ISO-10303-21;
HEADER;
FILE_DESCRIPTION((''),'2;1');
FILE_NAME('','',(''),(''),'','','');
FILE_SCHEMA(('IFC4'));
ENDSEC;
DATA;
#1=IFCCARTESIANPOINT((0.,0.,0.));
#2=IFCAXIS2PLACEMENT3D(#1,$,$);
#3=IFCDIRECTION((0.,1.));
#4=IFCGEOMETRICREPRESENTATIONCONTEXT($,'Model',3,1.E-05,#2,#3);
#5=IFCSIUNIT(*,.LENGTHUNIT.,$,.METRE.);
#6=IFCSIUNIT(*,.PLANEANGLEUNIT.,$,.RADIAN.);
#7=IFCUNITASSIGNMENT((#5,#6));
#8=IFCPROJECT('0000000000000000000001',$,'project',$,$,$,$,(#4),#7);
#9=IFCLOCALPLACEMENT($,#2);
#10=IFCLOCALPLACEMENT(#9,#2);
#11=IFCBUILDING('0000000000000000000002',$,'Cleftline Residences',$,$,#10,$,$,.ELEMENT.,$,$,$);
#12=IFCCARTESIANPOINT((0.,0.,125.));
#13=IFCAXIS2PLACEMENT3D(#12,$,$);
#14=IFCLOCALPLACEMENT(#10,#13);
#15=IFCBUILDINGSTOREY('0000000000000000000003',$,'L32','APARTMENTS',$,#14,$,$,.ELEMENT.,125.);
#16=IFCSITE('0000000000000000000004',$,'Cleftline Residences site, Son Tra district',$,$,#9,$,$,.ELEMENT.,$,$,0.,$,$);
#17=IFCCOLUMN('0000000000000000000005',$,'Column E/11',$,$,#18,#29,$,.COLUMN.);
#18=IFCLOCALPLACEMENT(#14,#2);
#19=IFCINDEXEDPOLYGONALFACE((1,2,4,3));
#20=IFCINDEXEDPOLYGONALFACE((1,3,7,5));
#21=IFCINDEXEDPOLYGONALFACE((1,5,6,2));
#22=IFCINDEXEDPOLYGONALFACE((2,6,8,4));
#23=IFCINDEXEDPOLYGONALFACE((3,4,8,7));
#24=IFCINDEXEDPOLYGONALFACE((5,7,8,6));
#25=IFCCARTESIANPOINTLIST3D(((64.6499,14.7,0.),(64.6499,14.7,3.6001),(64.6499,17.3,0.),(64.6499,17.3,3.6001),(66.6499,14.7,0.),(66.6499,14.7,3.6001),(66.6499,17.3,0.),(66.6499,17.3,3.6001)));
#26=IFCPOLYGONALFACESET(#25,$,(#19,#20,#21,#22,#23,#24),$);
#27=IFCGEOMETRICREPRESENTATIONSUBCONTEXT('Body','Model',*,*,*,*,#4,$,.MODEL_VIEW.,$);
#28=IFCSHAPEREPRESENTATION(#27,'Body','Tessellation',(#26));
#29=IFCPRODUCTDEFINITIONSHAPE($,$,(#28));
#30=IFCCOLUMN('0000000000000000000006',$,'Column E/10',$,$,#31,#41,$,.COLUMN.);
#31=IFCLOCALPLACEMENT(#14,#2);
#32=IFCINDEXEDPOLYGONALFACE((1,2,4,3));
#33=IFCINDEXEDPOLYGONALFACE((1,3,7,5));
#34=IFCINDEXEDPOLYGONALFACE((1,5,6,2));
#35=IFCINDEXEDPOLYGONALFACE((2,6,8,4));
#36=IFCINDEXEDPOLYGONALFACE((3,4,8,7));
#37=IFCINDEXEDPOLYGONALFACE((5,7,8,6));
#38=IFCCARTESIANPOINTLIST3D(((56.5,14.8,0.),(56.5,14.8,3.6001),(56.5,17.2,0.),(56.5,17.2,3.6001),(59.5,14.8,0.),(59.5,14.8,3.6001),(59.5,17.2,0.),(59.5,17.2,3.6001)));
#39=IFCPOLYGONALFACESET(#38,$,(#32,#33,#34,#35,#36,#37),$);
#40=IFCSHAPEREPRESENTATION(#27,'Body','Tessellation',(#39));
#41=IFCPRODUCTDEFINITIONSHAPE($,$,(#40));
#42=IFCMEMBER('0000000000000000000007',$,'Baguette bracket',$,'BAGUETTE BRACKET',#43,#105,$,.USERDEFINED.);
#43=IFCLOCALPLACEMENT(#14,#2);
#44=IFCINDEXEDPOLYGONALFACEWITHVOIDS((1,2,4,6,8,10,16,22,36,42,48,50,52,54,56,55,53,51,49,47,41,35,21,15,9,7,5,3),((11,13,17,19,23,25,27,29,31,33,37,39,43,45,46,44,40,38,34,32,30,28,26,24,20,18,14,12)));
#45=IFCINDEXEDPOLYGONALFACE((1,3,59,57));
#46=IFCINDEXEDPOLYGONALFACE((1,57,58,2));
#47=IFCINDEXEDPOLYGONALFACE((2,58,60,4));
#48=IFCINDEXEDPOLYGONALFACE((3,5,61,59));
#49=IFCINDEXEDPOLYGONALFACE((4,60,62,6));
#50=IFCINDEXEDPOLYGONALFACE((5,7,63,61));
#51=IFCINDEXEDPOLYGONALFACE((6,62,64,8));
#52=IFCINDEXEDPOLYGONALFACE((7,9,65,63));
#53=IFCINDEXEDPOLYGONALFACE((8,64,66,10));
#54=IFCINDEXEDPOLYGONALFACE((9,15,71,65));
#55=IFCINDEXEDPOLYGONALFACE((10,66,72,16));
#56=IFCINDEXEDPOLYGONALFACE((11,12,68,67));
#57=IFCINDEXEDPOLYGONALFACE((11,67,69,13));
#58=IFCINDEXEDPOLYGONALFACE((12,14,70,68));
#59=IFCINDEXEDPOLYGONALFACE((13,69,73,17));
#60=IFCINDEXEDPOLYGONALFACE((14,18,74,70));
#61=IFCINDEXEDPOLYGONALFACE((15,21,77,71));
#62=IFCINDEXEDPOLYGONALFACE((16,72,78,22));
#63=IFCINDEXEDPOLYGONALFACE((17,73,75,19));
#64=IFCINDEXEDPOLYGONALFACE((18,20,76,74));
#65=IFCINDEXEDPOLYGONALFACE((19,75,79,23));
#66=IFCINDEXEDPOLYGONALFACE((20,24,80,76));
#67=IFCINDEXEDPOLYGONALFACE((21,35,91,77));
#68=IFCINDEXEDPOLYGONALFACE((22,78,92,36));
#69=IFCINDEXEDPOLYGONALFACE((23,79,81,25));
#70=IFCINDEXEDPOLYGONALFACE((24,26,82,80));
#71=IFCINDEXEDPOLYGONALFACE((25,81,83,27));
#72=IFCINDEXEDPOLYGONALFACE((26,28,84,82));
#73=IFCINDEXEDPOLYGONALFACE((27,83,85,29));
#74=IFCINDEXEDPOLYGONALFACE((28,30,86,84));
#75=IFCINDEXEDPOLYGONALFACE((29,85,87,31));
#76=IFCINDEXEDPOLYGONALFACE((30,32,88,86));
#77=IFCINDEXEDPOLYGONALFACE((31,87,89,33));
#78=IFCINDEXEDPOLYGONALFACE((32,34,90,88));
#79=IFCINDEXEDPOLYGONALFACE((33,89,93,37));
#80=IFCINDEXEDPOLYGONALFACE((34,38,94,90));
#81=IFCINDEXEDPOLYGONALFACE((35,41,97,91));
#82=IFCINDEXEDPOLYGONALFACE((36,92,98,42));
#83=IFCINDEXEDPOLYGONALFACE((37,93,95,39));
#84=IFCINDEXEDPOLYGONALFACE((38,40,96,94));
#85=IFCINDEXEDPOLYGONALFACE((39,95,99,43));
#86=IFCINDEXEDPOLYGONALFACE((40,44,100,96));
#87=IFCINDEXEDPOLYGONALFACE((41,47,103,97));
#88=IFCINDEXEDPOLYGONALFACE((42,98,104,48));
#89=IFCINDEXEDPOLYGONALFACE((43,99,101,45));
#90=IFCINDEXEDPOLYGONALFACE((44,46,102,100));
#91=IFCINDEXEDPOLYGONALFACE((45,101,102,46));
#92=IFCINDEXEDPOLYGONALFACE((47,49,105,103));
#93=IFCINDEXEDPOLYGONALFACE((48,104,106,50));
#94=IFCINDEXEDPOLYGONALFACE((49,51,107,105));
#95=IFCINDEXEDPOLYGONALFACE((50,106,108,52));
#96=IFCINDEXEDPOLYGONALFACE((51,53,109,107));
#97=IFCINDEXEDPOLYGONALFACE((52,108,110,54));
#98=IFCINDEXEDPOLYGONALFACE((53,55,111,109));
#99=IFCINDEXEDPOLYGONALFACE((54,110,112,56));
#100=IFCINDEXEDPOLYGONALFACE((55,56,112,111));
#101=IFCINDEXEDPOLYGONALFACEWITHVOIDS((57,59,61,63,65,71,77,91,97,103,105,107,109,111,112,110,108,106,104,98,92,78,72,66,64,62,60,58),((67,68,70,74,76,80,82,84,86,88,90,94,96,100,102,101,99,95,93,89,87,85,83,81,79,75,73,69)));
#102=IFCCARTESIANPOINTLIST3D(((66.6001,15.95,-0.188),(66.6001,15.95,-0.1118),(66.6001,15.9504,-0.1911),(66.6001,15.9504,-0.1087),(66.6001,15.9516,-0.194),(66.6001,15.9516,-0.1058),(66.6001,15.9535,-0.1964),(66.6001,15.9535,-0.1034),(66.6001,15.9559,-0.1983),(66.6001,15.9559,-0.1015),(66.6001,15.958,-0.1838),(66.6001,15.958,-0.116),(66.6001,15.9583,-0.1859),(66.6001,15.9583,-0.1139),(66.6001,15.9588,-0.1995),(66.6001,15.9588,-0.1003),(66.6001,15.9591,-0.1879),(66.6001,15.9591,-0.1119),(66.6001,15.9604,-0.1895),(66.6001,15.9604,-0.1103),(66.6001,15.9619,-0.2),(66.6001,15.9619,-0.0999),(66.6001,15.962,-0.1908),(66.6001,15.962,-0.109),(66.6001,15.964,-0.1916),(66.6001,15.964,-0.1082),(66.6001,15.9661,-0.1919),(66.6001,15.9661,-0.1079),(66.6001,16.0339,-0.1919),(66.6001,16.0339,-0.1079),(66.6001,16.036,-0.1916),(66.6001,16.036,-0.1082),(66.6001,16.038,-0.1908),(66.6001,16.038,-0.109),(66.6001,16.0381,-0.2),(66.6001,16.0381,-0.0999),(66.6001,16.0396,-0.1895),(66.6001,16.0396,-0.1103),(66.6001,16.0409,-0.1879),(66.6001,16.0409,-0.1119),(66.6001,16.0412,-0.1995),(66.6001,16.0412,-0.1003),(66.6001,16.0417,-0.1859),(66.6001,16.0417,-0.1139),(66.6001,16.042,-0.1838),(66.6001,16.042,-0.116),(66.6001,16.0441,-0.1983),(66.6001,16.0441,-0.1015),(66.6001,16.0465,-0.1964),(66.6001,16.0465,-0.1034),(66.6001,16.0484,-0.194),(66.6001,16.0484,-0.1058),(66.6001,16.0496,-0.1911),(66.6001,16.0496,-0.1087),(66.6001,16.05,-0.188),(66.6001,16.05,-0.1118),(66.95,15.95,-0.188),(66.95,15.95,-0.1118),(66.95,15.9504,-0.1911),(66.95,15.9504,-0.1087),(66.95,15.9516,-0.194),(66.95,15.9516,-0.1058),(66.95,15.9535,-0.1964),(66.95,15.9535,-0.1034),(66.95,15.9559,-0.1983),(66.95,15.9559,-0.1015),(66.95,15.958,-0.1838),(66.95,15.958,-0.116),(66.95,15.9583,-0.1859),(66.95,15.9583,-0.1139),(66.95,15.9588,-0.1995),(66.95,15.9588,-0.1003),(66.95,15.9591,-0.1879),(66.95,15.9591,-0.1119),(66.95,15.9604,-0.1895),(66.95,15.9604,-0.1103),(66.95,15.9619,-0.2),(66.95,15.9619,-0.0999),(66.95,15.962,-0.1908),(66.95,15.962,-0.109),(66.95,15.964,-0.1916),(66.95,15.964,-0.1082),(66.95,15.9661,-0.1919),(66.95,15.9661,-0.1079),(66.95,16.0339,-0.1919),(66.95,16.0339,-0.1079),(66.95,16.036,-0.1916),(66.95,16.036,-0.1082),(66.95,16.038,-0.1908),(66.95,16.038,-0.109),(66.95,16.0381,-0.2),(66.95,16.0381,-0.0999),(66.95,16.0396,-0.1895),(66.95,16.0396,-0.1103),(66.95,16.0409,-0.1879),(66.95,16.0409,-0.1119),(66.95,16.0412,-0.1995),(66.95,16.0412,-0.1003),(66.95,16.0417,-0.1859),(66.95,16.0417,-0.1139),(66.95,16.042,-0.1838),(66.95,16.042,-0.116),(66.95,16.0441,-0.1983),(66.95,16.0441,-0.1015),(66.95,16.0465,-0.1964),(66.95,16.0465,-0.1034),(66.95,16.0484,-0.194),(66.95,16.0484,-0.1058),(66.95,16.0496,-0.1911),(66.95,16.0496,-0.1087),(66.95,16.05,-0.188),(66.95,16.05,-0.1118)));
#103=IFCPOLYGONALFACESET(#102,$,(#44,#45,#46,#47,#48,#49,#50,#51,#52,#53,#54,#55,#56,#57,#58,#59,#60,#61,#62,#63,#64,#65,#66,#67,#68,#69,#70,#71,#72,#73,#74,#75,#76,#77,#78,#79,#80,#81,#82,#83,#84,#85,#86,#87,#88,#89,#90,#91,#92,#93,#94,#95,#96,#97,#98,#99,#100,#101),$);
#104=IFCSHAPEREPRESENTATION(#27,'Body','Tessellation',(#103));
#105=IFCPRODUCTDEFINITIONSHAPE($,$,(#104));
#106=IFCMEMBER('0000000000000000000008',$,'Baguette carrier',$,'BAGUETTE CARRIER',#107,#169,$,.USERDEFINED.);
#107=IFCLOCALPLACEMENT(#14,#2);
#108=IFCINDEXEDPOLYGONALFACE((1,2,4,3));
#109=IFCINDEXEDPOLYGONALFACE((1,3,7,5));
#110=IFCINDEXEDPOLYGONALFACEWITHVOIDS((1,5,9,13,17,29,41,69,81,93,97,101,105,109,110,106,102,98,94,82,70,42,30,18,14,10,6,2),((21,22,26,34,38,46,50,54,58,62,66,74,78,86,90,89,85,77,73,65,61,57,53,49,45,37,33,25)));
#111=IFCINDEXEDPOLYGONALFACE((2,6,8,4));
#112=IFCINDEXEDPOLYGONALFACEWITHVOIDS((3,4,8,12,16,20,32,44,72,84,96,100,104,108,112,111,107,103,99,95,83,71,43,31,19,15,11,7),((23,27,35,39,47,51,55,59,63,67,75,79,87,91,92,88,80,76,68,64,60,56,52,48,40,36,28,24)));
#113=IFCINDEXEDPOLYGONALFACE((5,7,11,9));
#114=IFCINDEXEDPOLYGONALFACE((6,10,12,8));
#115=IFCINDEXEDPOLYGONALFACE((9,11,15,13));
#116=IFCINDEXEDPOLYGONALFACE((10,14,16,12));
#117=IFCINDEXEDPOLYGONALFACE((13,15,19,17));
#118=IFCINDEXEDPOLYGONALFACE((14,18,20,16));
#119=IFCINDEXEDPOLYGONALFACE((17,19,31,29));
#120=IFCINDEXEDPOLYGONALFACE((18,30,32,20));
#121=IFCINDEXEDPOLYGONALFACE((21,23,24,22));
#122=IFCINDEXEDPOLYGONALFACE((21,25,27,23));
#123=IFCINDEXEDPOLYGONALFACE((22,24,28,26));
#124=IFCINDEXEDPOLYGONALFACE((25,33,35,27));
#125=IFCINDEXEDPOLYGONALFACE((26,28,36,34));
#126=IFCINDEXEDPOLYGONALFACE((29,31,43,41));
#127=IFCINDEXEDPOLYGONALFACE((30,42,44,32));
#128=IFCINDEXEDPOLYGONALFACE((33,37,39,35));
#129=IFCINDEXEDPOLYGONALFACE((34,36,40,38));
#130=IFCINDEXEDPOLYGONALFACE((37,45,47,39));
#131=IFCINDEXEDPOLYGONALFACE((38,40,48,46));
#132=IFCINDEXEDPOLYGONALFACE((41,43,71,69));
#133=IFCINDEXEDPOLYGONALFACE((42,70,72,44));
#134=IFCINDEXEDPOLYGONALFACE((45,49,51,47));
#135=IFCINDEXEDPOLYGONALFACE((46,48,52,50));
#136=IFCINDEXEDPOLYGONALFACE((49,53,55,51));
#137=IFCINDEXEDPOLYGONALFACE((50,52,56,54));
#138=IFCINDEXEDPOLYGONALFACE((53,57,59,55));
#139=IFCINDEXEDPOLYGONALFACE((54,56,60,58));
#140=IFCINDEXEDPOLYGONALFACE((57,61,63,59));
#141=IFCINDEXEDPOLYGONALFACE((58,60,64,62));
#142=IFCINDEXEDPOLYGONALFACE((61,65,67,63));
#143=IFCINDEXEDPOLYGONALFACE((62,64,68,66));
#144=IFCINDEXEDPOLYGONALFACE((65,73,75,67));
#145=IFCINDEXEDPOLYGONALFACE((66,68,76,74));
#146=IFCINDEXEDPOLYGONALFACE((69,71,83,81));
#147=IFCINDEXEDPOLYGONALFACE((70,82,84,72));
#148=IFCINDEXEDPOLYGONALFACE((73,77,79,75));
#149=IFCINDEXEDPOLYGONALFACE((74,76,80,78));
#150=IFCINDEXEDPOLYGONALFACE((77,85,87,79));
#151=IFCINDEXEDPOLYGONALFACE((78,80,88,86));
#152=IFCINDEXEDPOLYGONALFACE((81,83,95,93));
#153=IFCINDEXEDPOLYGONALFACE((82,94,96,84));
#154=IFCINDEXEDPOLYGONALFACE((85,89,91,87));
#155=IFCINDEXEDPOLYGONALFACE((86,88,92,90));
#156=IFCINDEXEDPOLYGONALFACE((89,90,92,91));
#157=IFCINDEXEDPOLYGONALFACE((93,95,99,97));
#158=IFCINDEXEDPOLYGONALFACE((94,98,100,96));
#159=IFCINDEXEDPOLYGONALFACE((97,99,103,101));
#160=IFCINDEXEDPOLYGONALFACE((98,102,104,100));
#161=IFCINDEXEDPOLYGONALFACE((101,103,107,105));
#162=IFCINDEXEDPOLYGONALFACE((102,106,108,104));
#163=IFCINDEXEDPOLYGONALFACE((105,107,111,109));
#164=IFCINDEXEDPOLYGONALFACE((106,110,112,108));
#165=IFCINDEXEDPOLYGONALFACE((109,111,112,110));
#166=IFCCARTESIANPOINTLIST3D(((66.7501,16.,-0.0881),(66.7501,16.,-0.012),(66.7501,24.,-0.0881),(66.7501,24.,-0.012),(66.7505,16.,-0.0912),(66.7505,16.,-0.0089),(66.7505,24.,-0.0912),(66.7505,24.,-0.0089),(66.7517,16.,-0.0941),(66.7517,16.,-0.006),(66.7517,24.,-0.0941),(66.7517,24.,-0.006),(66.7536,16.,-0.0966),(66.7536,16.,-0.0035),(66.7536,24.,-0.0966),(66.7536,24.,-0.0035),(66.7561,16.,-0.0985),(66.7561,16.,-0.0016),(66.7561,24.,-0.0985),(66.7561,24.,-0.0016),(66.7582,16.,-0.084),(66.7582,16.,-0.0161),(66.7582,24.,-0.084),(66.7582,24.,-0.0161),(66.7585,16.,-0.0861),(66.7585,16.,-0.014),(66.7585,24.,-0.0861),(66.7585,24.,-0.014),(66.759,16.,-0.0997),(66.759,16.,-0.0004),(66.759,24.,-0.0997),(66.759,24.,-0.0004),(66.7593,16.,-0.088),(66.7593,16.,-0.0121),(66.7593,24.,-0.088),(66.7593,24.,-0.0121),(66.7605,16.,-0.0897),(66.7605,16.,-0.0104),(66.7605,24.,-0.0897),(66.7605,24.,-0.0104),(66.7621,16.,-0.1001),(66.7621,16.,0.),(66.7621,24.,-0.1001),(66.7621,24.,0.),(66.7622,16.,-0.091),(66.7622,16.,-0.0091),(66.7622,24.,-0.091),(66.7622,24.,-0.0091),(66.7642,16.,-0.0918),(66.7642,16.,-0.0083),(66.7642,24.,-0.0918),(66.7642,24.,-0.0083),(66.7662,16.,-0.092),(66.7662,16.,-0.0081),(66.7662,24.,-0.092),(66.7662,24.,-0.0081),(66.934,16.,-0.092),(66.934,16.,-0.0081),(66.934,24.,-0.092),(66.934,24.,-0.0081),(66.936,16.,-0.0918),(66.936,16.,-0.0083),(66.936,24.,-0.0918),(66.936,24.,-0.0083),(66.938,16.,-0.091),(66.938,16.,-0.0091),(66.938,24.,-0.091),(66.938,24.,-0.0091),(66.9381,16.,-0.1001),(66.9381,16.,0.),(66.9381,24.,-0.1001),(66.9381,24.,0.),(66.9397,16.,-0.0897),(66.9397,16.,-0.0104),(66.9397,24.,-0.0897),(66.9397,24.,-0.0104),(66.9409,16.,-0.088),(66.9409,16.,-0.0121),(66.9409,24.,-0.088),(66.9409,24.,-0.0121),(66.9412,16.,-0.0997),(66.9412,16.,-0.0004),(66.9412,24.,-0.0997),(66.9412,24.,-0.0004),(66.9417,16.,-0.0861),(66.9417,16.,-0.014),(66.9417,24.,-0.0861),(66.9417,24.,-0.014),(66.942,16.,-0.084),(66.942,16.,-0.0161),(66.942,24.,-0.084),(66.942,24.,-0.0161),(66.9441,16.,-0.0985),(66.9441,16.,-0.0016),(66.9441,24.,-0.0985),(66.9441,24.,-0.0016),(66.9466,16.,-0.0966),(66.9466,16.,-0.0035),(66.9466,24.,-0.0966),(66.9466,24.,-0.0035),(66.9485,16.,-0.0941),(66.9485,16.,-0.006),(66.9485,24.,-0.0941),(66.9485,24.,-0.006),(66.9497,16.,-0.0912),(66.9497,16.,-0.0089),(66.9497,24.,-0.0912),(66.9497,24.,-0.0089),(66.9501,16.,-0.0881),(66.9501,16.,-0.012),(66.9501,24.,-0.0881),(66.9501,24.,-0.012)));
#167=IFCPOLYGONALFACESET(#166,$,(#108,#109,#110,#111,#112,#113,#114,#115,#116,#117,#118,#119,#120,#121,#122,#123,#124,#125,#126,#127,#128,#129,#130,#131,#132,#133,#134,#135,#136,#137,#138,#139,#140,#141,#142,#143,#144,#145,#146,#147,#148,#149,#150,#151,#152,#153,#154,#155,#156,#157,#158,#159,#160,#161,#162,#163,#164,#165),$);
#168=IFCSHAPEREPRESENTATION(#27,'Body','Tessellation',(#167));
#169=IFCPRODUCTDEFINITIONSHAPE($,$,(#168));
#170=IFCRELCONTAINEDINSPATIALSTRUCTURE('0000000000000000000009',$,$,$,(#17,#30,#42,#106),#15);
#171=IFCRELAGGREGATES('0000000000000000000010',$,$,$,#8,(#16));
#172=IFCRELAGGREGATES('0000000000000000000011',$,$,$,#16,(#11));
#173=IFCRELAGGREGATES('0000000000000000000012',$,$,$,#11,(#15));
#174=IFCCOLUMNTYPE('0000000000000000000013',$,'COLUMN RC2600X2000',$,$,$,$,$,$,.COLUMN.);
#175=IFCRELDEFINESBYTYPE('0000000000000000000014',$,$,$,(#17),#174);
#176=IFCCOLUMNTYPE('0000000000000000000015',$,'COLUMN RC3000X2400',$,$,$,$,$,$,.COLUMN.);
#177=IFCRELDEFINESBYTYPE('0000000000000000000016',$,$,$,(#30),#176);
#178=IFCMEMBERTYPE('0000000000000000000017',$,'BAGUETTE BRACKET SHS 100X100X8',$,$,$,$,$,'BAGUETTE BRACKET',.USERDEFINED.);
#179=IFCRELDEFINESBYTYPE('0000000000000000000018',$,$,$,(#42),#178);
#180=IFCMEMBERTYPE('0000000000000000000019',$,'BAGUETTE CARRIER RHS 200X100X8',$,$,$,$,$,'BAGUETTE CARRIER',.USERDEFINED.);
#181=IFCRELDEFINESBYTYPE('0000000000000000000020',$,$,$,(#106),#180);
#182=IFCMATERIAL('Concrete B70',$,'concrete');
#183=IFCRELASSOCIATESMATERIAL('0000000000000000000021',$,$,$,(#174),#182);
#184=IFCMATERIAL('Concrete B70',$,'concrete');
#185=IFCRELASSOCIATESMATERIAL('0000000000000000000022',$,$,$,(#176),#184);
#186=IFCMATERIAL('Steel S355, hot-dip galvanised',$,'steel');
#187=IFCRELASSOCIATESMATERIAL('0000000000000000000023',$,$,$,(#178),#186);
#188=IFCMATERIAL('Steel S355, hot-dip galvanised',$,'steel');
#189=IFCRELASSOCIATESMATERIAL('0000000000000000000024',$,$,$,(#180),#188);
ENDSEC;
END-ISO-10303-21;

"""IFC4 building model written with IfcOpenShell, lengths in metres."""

from ifc_helpers import new_model, si_unit, direction, frame, origin, origin_2d, place, context, subcontext, project, spatial, rectangle, hollow_rectangle, extrude, material, material_profile, profile_set, type_object, element, save


model = new_model("IFC4")

# Units and contexts
model_context = context("Model", 3, precision=1e-05, world=origin(), true_north=direction((0.0, 1.0)))
body_context = subcontext(model_context, "Body", "Model", "MODEL_VIEW")
ifc_project = project(units=[si_unit("LENGTHUNIT", "METRE"), si_unit("PLANEANGLEUNIT", "RADIAN")], contexts=[model_context])

# Site, building, storey
site_placement = place(None, origin())
site = spatial("IfcSite", under=ifc_project, at=site_placement, Name="Cleftline Residences site, Son Tra district", CompositionType="ELEMENT", RefElevation=0.0)
building_placement = place(site_placement, origin())
building = spatial("IfcBuilding", under=site, at=building_placement, Name="Cleftline Residences", CompositionType="ELEMENT")
storey_placement = place(building_placement, frame((0.0, 0.0, 125.0)))
storey = spatial("IfcBuildingStorey", under=building, at=storey_placement, Name="L32", Description="APARTMENTS", CompositionType="ELEMENT", Elevation=125.0)

# Columns
ifc_material_1 = material(Name="Concrete B70", Category="concrete")
ifc_material_profile_1 = material_profile(ifc_material_1, rectangle(XDim=2.6001, YDim=2.0, at=origin_2d()))
ifc_profile_set_1 = profile_set([ifc_material_profile_1], Name="Concrete B70")
column_type_1 = type_object("IfcColumnType", Name="COLUMN RC2600X2000", PredefinedType="COLUMN", material=ifc_profile_set_1)
column_1_placement = place(storey_placement, frame((65.6499, 16.0, 0.0), z_axis=(0.0, 0.0, 1.0), x_axis=(0.0, 1.0, 0.0)))
element("IfcColumn", 1, at=column_1_placement, inside=storey, type_object=column_type_1, Name="Column E/11", PredefinedType="COLUMN", context=body_context, shape_type="SweptSolid", body=[
    extrude(rectangle(XDim=2.6001, YDim=2.0, at=origin_2d()), origin(), (0.0, 0.0, 1.0), 3.6001),
])
ifc_material_2 = material(Name="Concrete B70", Category="concrete")
ifc_material_profile_2 = material_profile(ifc_material_2, rectangle(XDim=3.0, YDim=2.3999, at=origin_2d()))
ifc_profile_set_2 = profile_set([ifc_material_profile_2], Name="Concrete B70")
column_type_2 = type_object("IfcColumnType", Name="COLUMN RC3000X2400", PredefinedType="COLUMN", material=ifc_profile_set_2)
column_2_placement = place(storey_placement, frame((58.0, 16.0, 0.0), z_axis=(0.0, 0.0, 1.0), x_axis=(1.0, 0.0, 0.0)))
element("IfcColumn", 2, at=column_2_placement, inside=storey, type_object=column_type_2, Name="Column E/10", PredefinedType="COLUMN", context=body_context, shape_type="SweptSolid", body=[
    extrude(rectangle(XDim=3.0, YDim=2.3999, at=origin_2d()), origin(), (0.0, 0.0, 1.0), 3.6001),
])

# Members
ifc_material_3 = material(Name="Steel S355, hot-dip galvanised", Category="steel")
ifc_material_profile_3 = material_profile(ifc_material_3, hollow_rectangle(XDim=0.1001, YDim=0.1001, WallThickness=0.0081, InnerFilletRadius=0.0081, OuterFilletRadius=0.012, at=origin_2d()))
ifc_profile_set_3 = profile_set([ifc_material_profile_3], Name="Steel S355, hot-dip galvanised")
member_type_1 = type_object("IfcMemberType", Name="BAGUETTE BRACKET SHS 100X100X8", ElementType="BAGUETTE BRACKET", PredefinedType="USERDEFINED", material=ifc_profile_set_3)
member_1_placement = place(storey_placement, frame((66.6001, 16.0, -0.1499), z_axis=(1.0, 0.0, 0.0), x_axis=(0.0, 1.0, 0.0)))
element("IfcMember", 3, at=member_1_placement, inside=storey, type_object=member_type_1, Name="Baguette bracket", ObjectType="BAGUETTE BRACKET", PredefinedType="USERDEFINED", context=body_context, shape_type="SweptSolid", body=[
    extrude(hollow_rectangle(XDim=0.1001, YDim=0.1001, WallThickness=0.0081, InnerFilletRadius=0.0081, OuterFilletRadius=0.012, at=origin_2d()), origin(), (0.0, 0.0, 1.0), 0.3499),
])
ifc_material_4 = material(Name="Steel S355, hot-dip galvanised", Category="steel")
ifc_material_profile_4 = material_profile(ifc_material_4, hollow_rectangle(XDim=0.1001, YDim=0.2, WallThickness=0.0081, InnerFilletRadius=0.0081, OuterFilletRadius=0.012, at=origin_2d()))
ifc_profile_set_4 = profile_set([ifc_material_profile_4], Name="Steel S355, hot-dip galvanised")
member_type_2 = type_object("IfcMemberType", Name="BAGUETTE CARRIER RHS 200X100X8", ElementType="BAGUETTE CARRIER", PredefinedType="USERDEFINED", material=ifc_profile_set_4)
member_2_placement = place(storey_placement, frame((66.8501, 16.0, -0.05), z_axis=(0.0, 1.0, 0.0), x_axis=(0.0, 0.0, 1.0)))
element("IfcMember", 4, at=member_2_placement, inside=storey, type_object=member_type_2, Name="Baguette carrier", ObjectType="BAGUETTE CARRIER", PredefinedType="USERDEFINED", context=body_context, shape_type="SweptSolid", body=[
    extrude(hollow_rectangle(XDim=0.1001, YDim=0.2, WallThickness=0.0081, InnerFilletRadius=0.0081, OuterFilletRadius=0.012, at=origin_2d()), origin(), (0.0, 0.0, 1.0), 8.0),
])

save(model, "model.ifc")
